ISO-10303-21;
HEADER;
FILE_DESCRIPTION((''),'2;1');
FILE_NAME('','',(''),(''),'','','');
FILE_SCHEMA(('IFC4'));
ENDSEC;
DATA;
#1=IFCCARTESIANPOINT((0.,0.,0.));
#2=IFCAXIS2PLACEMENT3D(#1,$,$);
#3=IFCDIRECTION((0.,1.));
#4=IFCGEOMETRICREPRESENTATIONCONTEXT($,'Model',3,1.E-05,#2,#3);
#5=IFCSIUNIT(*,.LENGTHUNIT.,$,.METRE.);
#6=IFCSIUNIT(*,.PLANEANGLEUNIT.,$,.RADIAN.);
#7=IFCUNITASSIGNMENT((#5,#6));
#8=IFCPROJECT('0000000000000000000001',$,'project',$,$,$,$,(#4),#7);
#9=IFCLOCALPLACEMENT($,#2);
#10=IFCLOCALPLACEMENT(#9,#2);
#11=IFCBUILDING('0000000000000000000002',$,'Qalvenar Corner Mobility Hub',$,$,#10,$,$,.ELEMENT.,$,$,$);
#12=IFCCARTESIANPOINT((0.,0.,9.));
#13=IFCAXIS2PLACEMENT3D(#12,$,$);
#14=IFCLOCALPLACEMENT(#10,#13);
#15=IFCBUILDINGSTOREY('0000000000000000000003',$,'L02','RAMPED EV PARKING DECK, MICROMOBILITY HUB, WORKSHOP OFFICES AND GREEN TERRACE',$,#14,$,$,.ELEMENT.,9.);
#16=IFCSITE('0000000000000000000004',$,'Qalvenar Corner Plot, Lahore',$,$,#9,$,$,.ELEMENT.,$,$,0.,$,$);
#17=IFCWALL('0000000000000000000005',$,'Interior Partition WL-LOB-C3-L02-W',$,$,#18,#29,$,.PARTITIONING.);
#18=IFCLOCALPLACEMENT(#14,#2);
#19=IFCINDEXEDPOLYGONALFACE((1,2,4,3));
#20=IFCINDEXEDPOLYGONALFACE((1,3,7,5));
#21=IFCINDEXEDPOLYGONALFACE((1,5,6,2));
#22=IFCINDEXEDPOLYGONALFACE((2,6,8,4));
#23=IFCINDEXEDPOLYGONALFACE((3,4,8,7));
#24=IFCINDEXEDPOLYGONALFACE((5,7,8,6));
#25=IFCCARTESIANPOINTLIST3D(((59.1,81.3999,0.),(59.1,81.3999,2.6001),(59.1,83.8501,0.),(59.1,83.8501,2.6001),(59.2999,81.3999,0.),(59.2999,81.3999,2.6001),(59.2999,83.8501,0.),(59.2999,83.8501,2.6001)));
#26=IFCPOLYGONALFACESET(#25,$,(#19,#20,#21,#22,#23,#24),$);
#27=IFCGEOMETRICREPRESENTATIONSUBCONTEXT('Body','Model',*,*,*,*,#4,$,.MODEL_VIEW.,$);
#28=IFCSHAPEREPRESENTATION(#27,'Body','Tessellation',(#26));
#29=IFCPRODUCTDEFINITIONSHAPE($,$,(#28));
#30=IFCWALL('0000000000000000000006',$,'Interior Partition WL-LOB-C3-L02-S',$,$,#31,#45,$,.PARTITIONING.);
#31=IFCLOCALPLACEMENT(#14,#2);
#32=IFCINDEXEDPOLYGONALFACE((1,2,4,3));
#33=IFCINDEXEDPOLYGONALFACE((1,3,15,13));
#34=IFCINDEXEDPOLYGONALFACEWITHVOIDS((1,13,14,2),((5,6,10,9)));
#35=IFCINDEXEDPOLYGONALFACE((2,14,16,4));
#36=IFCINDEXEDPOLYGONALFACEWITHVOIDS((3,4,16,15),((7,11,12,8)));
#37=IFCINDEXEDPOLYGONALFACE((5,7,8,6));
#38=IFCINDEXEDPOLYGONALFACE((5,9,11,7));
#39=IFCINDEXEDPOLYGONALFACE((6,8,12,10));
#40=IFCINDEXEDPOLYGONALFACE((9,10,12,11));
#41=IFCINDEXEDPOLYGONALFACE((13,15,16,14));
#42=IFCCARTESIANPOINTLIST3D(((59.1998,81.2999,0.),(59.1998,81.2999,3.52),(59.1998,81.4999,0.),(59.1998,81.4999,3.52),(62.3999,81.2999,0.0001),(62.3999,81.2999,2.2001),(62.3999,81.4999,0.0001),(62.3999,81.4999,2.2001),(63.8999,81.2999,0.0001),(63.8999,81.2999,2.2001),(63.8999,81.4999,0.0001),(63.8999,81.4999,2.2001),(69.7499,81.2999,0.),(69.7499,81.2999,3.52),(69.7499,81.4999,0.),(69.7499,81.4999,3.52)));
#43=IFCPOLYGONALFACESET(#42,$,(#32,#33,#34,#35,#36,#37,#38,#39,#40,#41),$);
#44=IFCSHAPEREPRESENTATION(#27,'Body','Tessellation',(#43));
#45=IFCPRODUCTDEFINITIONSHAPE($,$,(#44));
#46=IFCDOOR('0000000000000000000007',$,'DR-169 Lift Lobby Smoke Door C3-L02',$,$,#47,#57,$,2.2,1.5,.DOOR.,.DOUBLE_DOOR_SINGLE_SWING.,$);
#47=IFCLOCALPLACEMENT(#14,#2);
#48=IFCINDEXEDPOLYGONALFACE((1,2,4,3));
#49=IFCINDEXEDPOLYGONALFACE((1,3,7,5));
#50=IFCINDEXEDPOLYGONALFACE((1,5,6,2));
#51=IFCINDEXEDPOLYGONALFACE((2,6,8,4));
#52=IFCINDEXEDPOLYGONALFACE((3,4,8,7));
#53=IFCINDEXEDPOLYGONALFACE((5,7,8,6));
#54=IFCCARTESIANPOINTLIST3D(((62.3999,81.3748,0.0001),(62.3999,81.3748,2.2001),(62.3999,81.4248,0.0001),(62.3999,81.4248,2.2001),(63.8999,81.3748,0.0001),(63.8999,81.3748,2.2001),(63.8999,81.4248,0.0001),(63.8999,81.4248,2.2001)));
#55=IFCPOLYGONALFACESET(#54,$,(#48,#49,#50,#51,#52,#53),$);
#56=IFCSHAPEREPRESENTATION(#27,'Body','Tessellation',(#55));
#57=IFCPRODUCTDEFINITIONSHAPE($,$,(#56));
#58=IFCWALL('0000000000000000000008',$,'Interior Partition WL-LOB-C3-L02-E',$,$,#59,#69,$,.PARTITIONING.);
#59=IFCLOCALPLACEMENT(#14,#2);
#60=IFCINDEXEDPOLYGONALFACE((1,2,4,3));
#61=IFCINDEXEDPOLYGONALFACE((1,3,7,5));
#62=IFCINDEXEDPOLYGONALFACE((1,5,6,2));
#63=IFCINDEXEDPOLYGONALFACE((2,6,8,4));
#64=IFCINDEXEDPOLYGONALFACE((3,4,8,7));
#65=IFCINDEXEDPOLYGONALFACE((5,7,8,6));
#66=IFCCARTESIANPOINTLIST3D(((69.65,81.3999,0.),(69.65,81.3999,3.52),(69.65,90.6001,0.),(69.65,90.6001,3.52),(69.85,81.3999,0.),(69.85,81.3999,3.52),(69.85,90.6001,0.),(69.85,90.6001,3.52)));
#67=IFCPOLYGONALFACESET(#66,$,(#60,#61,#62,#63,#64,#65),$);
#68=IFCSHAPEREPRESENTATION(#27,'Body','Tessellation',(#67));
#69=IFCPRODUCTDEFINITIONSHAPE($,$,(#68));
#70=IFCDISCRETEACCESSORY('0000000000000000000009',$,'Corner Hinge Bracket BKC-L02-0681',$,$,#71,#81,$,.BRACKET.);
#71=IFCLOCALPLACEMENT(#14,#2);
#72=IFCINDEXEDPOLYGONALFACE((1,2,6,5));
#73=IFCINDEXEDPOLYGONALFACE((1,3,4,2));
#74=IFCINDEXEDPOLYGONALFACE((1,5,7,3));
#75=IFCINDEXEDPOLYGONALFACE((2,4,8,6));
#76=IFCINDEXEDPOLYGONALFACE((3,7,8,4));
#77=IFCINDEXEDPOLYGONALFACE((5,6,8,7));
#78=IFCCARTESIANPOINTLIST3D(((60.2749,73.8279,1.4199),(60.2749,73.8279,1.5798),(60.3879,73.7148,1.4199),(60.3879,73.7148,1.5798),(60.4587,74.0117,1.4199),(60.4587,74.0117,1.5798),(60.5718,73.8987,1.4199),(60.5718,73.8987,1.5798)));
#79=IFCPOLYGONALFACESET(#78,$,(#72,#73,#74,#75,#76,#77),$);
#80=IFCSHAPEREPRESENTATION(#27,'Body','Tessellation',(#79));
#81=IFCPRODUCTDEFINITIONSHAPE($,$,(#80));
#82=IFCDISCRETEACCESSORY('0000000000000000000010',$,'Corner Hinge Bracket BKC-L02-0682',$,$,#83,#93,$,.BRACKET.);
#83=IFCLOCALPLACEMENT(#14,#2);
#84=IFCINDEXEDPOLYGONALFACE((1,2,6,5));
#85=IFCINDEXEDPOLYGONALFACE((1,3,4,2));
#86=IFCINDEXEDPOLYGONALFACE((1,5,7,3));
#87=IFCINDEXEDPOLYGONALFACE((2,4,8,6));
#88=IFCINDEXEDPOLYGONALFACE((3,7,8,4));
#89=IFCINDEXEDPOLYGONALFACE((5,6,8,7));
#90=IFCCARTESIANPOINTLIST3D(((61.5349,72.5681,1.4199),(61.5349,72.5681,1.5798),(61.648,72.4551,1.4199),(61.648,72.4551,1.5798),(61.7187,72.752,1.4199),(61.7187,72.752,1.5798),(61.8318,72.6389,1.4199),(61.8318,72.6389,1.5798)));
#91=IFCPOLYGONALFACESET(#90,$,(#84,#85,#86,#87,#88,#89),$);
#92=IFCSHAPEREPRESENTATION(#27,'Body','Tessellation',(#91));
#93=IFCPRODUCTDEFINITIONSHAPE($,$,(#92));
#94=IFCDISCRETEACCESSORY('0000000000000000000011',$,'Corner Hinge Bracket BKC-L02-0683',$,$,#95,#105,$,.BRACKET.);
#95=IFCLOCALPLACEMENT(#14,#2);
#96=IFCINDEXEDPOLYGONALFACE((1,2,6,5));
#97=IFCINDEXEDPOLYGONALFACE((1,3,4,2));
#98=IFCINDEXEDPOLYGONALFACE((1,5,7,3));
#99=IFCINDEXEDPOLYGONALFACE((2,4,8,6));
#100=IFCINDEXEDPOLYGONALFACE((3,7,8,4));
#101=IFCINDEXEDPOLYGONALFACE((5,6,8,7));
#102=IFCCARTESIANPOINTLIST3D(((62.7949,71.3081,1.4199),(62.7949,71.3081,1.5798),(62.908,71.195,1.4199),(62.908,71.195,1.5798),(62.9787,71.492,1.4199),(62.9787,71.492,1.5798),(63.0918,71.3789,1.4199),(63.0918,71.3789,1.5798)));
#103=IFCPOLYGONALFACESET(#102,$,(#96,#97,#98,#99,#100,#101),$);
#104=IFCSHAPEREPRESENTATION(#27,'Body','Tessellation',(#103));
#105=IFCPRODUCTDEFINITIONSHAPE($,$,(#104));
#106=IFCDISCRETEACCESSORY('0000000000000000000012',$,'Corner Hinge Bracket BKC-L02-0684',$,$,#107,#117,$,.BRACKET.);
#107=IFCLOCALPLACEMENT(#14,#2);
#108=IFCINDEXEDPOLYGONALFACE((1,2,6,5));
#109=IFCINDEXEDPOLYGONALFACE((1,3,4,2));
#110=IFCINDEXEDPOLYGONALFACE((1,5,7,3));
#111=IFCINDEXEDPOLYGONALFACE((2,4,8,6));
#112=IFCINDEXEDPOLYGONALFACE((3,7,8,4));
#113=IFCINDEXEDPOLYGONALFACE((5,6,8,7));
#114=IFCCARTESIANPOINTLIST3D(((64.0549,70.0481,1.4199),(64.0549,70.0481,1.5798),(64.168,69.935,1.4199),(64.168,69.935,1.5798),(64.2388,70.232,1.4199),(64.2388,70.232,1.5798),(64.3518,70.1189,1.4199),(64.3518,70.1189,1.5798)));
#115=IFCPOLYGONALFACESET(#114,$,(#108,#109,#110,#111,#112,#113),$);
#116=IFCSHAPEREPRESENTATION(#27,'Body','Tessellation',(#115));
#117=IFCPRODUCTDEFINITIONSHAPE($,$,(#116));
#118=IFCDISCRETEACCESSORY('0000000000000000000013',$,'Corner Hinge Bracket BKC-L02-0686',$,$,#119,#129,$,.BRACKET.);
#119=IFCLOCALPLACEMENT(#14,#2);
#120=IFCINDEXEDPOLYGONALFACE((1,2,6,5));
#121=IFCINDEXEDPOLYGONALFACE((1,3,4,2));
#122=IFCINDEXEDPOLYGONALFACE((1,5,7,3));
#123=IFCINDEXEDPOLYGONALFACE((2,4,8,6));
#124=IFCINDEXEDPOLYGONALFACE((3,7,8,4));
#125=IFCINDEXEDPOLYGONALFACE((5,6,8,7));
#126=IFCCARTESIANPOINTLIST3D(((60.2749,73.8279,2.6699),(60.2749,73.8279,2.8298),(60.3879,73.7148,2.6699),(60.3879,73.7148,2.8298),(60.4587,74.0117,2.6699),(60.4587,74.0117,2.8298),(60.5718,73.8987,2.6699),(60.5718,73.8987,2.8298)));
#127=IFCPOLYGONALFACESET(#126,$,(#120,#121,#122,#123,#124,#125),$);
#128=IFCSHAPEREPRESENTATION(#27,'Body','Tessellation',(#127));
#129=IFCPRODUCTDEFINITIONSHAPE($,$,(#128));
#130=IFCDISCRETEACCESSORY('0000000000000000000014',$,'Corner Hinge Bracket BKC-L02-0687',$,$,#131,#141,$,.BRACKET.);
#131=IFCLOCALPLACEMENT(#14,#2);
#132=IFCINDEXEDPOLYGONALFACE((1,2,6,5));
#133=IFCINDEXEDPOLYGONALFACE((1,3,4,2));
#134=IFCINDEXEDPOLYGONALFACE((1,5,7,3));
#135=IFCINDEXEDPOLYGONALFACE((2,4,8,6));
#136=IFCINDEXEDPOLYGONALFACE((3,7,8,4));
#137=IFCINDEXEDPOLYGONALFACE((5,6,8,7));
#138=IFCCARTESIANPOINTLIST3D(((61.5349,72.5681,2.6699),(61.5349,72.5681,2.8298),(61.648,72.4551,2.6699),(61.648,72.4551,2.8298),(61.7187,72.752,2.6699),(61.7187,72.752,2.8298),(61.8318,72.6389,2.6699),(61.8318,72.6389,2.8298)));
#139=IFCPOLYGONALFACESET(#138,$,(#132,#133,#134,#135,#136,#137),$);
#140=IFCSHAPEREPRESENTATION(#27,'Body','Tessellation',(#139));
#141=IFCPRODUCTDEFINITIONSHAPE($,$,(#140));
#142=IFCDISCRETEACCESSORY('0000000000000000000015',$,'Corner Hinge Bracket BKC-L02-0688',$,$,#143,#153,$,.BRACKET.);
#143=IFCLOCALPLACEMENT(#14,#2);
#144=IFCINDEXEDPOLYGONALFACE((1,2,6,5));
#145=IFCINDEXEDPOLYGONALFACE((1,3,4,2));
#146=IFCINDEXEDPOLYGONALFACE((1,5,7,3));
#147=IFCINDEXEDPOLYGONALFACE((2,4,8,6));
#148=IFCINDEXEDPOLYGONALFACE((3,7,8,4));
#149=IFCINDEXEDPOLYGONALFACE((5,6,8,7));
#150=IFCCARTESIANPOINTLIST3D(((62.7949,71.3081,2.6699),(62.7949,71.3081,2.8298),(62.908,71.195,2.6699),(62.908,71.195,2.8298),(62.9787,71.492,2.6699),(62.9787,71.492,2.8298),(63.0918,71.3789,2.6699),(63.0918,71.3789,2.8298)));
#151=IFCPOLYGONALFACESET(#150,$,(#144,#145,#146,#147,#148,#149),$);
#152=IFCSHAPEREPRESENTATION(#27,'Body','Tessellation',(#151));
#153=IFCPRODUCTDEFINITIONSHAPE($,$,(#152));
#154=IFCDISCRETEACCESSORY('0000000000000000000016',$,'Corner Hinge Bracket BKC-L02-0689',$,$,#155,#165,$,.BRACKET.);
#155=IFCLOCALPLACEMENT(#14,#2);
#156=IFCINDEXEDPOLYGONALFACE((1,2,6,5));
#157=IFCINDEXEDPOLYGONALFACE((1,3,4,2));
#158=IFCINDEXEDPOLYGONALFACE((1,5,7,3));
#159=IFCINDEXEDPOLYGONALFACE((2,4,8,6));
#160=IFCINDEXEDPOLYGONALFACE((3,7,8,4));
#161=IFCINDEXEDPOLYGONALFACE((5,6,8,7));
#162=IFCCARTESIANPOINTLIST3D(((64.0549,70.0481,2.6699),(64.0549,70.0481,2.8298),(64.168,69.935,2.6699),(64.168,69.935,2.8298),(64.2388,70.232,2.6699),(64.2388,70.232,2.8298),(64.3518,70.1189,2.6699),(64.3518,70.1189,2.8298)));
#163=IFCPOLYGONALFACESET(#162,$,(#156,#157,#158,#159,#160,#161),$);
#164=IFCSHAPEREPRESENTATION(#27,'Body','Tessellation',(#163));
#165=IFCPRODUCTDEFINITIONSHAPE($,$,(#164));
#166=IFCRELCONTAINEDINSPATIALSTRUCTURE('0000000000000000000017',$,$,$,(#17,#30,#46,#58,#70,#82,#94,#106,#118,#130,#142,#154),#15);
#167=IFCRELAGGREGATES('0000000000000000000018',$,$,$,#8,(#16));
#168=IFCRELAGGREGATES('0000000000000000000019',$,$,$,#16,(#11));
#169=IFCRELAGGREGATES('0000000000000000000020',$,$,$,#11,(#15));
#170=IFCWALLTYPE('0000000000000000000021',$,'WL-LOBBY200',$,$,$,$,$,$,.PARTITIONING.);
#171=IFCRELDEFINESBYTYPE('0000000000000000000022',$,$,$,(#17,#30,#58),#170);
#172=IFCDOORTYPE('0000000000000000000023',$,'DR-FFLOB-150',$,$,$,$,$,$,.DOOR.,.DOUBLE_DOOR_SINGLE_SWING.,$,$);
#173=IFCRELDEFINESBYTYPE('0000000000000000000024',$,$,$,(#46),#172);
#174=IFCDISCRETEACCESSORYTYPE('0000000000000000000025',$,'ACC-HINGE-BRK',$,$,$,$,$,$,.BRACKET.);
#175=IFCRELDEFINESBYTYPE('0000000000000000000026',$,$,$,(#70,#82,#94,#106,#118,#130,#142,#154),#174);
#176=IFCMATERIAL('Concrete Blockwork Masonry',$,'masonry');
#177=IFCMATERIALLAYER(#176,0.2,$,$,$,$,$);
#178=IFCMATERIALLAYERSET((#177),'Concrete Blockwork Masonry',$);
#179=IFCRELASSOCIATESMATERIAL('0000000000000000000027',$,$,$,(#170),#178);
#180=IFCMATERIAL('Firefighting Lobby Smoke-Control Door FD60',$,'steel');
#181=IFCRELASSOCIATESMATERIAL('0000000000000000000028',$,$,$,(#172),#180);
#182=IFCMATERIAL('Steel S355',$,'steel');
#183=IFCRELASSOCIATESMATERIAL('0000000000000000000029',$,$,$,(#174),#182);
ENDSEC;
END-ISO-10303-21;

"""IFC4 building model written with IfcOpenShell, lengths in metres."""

from ifc_helpers import new_model, si_unit, direction, frame, frame_2d, origin, origin_2d, place, context, subcontext, project, spatial, rectangle, extrude, material, layer, layer_set, type_object, element, fill, save


model = new_model("IFC4")

# Units and contexts
model_context = context("Model", 3, precision=1e-05, world=origin(), true_north=direction((0.0, 1.0)))
body_context = subcontext(model_context, "Body", "Model", "MODEL_VIEW")
ifc_project = project(units=[si_unit("LENGTHUNIT", "METRE"), si_unit("PLANEANGLEUNIT", "RADIAN")], contexts=[model_context])

# Site, building, storey
site_placement = place(None, origin())
site = spatial("IfcSite", under=ifc_project, at=site_placement, Name="Qalvenar Corner Plot, Lahore", CompositionType="ELEMENT", RefElevation=0.0)
building_placement = place(site_placement, origin())
building = spatial("IfcBuilding", under=site, at=building_placement, Name="Qalvenar Corner Mobility Hub", CompositionType="ELEMENT")
storey_placement = place(building_placement, frame((0.0, 0.0, 9.0)))
storey = spatial("IfcBuildingStorey", under=building, at=storey_placement, Name="L02", Description="RAMPED EV PARKING DECK, MICROMOBILITY HUB, WORKSHOP OFFICES AND GREEN TERRACE", CompositionType="ELEMENT", Elevation=9.0)

# Shared definitions
ifc_material_1 = material(Name="Steel S355", Category="steel")

# Wall
ifc_material_2 = material(Name="Concrete Blockwork Masonry", Category="masonry")
ifc_layer_1 = layer(ifc_material_2, 0.2)
ifc_layer_set_1 = layer_set([ifc_layer_1], Name="Concrete Blockwork Masonry")
wall_type = type_object("IfcWallType", Name="WL-LOBBY200", PredefinedType="PARTITIONING", material=ifc_layer_set_1)
wall_1_placement = place(storey_placement, frame((59.2, 81.3999, 0.0), z_axis=(0.0, 0.0, 1.0), x_axis=(0.0, 1.0, 0.0)))
element("IfcWall", 1, at=wall_1_placement, inside=storey, type_object=wall_type, Name="Interior Partition WL-LOB-C3-L02-W", PredefinedType="PARTITIONING", context=body_context, shape_type="SweptSolid", body=[
    extrude(rectangle(XDim=2.4502, YDim=0.2, at=frame_2d((1.2251, 0.0))), origin(), (0.0, 0.0, 1.0), 2.6001),
])

# Wall, opening, door
wall_2_placement = place(storey_placement, frame((59.2, 81.3999, 0.0), z_axis=(0.0, 0.0, 1.0), x_axis=(1.0, 0.0, 0.0)))
wall_2 = element("IfcWall", 2, at=wall_2_placement, inside=storey, type_object=wall_type, Name="Interior Partition WL-LOB-C3-L02-S", PredefinedType="PARTITIONING", context=body_context, shape_type="SweptSolid", body=[
    extrude(rectangle(XDim=10.55, YDim=0.2, at=frame_2d((5.2749, 0.0))), origin(), (0.0, 0.0, 1.0), 3.52),
])
opening_placement = place(wall_2_placement, frame((3.2, 0.0, 0.0)))
opening = element("IfcOpeningElement", 3, at=opening_placement, cuts=wall_2, PredefinedType="OPENING", context=body_context, shape_type="SweptSolid", body=[
    extrude(rectangle(XDim=1.5, YDim=2.2, at=frame_2d((0.75, 1.1001))), frame((0.0, 0.1099, 0.0), z_axis=(0.0, -1.0, 0.0), x_axis=(1.0, 0.0, 0.0)), (0.0, 0.0, 1.0), 0.22),
])
ifc_material_3 = material(Name="Firefighting Lobby Smoke-Control Door FD60", Category="steel")
door_type = type_object("IfcDoorType", Name="DR-FFLOB-150", OperationType="DOUBLE_DOOR_SINGLE_SWING", PredefinedType="DOOR", material=ifc_material_3)
door_placement = place(opening_placement, origin())
door = element("IfcDoor", 4, at=door_placement, inside=storey, type_object=door_type, Name="DR-169 Lift Lobby Smoke Door C3-L02", OperationType="DOUBLE_DOOR_SINGLE_SWING", OverallHeight=2.2, OverallWidth=1.5, PredefinedType="DOOR", context=body_context, shape_type="SweptSolid", body=[
    extrude(rectangle(XDim=1.5, YDim=2.2, at=frame_2d((0.75, 1.1001))), frame((0.0, 0.0249, 0.0), z_axis=(0.0, -1.0, 0.0), x_axis=(1.0, 0.0, 0.0)), (0.0, 0.0, 1.0), 0.05),
])
fill(opening, door)

# Wall
wall_3_placement = place(storey_placement, frame((69.75, 81.3999, 0.0), z_axis=(0.0, 0.0, 1.0), x_axis=(0.0, 1.0, 0.0)))
element("IfcWall", 5, at=wall_3_placement, inside=storey, type_object=wall_type, Name="Interior Partition WL-LOB-C3-L02-E", PredefinedType="PARTITIONING", context=body_context, shape_type="SweptSolid", body=[
    extrude(rectangle(XDim=9.2002, YDim=0.2, at=frame_2d((4.6001, 0.0))), origin(), (0.0, 0.0, 1.0), 3.52),
])

# Discrete accessories
discrete_accessory_type = type_object("IfcDiscreteAccessoryType", Name="ACC-HINGE-BRK", PredefinedType="BRACKET", material=ifc_material_1)
for number, where, z_axis, x_axis, name in (
    (6, (60.4233, 73.8633, 1.4199), (0.0, 0.0, 1.0), (0.707107, -0.707107, 0.0), "Corner Hinge Bracket BKC-L02-0681"),
    (7, (61.6833, 72.6035, 1.4199), (0.0, 0.0, 1.0), (0.707107, -0.707107, 0.0), "Corner Hinge Bracket BKC-L02-0682"),
    (8, (62.9434, 71.3435, 1.4199), (0.0, 0.0, 1.0), (0.707107, -0.707107, 0.0), "Corner Hinge Bracket BKC-L02-0683"),
    (9, (64.2034, 70.0835, 1.4199), (0.0, 0.0, 1.0), (0.707107, -0.707107, 0.0), "Corner Hinge Bracket BKC-L02-0684"),
    (10, (60.4233, 73.8633, 2.6699), (0.0, 0.0, 1.0), (0.707107, -0.707107, 0.0), "Corner Hinge Bracket BKC-L02-0686"),
    (11, (61.6833, 72.6035, 2.6699), (0.0, 0.0, 1.0), (0.707107, -0.707107, 0.0), "Corner Hinge Bracket BKC-L02-0687"),
    (12, (62.9434, 71.3435, 2.6699), (0.0, 0.0, 1.0), (0.707107, -0.707107, 0.0), "Corner Hinge Bracket BKC-L02-0688"),
    (13, (64.2034, 70.0835, 2.6699), (0.0, 0.0, 1.0), (0.707107, -0.707107, 0.0), "Corner Hinge Bracket BKC-L02-0689"),
):
    element("IfcDiscreteAccessory", number, at=place(storey_placement, frame(where, z_axis=z_axis, x_axis=x_axis)), inside=storey, type_object=discrete_accessory_type, Name=name, PredefinedType="BRACKET", context=body_context, shape_type="SweptSolid", body=[
        extrude(rectangle(XDim=0.1599, YDim=0.26, at=origin_2d()), origin(), (0.0, 0.0, 1.0), 0.1599),
    ])

save(model, "model.ifc")
